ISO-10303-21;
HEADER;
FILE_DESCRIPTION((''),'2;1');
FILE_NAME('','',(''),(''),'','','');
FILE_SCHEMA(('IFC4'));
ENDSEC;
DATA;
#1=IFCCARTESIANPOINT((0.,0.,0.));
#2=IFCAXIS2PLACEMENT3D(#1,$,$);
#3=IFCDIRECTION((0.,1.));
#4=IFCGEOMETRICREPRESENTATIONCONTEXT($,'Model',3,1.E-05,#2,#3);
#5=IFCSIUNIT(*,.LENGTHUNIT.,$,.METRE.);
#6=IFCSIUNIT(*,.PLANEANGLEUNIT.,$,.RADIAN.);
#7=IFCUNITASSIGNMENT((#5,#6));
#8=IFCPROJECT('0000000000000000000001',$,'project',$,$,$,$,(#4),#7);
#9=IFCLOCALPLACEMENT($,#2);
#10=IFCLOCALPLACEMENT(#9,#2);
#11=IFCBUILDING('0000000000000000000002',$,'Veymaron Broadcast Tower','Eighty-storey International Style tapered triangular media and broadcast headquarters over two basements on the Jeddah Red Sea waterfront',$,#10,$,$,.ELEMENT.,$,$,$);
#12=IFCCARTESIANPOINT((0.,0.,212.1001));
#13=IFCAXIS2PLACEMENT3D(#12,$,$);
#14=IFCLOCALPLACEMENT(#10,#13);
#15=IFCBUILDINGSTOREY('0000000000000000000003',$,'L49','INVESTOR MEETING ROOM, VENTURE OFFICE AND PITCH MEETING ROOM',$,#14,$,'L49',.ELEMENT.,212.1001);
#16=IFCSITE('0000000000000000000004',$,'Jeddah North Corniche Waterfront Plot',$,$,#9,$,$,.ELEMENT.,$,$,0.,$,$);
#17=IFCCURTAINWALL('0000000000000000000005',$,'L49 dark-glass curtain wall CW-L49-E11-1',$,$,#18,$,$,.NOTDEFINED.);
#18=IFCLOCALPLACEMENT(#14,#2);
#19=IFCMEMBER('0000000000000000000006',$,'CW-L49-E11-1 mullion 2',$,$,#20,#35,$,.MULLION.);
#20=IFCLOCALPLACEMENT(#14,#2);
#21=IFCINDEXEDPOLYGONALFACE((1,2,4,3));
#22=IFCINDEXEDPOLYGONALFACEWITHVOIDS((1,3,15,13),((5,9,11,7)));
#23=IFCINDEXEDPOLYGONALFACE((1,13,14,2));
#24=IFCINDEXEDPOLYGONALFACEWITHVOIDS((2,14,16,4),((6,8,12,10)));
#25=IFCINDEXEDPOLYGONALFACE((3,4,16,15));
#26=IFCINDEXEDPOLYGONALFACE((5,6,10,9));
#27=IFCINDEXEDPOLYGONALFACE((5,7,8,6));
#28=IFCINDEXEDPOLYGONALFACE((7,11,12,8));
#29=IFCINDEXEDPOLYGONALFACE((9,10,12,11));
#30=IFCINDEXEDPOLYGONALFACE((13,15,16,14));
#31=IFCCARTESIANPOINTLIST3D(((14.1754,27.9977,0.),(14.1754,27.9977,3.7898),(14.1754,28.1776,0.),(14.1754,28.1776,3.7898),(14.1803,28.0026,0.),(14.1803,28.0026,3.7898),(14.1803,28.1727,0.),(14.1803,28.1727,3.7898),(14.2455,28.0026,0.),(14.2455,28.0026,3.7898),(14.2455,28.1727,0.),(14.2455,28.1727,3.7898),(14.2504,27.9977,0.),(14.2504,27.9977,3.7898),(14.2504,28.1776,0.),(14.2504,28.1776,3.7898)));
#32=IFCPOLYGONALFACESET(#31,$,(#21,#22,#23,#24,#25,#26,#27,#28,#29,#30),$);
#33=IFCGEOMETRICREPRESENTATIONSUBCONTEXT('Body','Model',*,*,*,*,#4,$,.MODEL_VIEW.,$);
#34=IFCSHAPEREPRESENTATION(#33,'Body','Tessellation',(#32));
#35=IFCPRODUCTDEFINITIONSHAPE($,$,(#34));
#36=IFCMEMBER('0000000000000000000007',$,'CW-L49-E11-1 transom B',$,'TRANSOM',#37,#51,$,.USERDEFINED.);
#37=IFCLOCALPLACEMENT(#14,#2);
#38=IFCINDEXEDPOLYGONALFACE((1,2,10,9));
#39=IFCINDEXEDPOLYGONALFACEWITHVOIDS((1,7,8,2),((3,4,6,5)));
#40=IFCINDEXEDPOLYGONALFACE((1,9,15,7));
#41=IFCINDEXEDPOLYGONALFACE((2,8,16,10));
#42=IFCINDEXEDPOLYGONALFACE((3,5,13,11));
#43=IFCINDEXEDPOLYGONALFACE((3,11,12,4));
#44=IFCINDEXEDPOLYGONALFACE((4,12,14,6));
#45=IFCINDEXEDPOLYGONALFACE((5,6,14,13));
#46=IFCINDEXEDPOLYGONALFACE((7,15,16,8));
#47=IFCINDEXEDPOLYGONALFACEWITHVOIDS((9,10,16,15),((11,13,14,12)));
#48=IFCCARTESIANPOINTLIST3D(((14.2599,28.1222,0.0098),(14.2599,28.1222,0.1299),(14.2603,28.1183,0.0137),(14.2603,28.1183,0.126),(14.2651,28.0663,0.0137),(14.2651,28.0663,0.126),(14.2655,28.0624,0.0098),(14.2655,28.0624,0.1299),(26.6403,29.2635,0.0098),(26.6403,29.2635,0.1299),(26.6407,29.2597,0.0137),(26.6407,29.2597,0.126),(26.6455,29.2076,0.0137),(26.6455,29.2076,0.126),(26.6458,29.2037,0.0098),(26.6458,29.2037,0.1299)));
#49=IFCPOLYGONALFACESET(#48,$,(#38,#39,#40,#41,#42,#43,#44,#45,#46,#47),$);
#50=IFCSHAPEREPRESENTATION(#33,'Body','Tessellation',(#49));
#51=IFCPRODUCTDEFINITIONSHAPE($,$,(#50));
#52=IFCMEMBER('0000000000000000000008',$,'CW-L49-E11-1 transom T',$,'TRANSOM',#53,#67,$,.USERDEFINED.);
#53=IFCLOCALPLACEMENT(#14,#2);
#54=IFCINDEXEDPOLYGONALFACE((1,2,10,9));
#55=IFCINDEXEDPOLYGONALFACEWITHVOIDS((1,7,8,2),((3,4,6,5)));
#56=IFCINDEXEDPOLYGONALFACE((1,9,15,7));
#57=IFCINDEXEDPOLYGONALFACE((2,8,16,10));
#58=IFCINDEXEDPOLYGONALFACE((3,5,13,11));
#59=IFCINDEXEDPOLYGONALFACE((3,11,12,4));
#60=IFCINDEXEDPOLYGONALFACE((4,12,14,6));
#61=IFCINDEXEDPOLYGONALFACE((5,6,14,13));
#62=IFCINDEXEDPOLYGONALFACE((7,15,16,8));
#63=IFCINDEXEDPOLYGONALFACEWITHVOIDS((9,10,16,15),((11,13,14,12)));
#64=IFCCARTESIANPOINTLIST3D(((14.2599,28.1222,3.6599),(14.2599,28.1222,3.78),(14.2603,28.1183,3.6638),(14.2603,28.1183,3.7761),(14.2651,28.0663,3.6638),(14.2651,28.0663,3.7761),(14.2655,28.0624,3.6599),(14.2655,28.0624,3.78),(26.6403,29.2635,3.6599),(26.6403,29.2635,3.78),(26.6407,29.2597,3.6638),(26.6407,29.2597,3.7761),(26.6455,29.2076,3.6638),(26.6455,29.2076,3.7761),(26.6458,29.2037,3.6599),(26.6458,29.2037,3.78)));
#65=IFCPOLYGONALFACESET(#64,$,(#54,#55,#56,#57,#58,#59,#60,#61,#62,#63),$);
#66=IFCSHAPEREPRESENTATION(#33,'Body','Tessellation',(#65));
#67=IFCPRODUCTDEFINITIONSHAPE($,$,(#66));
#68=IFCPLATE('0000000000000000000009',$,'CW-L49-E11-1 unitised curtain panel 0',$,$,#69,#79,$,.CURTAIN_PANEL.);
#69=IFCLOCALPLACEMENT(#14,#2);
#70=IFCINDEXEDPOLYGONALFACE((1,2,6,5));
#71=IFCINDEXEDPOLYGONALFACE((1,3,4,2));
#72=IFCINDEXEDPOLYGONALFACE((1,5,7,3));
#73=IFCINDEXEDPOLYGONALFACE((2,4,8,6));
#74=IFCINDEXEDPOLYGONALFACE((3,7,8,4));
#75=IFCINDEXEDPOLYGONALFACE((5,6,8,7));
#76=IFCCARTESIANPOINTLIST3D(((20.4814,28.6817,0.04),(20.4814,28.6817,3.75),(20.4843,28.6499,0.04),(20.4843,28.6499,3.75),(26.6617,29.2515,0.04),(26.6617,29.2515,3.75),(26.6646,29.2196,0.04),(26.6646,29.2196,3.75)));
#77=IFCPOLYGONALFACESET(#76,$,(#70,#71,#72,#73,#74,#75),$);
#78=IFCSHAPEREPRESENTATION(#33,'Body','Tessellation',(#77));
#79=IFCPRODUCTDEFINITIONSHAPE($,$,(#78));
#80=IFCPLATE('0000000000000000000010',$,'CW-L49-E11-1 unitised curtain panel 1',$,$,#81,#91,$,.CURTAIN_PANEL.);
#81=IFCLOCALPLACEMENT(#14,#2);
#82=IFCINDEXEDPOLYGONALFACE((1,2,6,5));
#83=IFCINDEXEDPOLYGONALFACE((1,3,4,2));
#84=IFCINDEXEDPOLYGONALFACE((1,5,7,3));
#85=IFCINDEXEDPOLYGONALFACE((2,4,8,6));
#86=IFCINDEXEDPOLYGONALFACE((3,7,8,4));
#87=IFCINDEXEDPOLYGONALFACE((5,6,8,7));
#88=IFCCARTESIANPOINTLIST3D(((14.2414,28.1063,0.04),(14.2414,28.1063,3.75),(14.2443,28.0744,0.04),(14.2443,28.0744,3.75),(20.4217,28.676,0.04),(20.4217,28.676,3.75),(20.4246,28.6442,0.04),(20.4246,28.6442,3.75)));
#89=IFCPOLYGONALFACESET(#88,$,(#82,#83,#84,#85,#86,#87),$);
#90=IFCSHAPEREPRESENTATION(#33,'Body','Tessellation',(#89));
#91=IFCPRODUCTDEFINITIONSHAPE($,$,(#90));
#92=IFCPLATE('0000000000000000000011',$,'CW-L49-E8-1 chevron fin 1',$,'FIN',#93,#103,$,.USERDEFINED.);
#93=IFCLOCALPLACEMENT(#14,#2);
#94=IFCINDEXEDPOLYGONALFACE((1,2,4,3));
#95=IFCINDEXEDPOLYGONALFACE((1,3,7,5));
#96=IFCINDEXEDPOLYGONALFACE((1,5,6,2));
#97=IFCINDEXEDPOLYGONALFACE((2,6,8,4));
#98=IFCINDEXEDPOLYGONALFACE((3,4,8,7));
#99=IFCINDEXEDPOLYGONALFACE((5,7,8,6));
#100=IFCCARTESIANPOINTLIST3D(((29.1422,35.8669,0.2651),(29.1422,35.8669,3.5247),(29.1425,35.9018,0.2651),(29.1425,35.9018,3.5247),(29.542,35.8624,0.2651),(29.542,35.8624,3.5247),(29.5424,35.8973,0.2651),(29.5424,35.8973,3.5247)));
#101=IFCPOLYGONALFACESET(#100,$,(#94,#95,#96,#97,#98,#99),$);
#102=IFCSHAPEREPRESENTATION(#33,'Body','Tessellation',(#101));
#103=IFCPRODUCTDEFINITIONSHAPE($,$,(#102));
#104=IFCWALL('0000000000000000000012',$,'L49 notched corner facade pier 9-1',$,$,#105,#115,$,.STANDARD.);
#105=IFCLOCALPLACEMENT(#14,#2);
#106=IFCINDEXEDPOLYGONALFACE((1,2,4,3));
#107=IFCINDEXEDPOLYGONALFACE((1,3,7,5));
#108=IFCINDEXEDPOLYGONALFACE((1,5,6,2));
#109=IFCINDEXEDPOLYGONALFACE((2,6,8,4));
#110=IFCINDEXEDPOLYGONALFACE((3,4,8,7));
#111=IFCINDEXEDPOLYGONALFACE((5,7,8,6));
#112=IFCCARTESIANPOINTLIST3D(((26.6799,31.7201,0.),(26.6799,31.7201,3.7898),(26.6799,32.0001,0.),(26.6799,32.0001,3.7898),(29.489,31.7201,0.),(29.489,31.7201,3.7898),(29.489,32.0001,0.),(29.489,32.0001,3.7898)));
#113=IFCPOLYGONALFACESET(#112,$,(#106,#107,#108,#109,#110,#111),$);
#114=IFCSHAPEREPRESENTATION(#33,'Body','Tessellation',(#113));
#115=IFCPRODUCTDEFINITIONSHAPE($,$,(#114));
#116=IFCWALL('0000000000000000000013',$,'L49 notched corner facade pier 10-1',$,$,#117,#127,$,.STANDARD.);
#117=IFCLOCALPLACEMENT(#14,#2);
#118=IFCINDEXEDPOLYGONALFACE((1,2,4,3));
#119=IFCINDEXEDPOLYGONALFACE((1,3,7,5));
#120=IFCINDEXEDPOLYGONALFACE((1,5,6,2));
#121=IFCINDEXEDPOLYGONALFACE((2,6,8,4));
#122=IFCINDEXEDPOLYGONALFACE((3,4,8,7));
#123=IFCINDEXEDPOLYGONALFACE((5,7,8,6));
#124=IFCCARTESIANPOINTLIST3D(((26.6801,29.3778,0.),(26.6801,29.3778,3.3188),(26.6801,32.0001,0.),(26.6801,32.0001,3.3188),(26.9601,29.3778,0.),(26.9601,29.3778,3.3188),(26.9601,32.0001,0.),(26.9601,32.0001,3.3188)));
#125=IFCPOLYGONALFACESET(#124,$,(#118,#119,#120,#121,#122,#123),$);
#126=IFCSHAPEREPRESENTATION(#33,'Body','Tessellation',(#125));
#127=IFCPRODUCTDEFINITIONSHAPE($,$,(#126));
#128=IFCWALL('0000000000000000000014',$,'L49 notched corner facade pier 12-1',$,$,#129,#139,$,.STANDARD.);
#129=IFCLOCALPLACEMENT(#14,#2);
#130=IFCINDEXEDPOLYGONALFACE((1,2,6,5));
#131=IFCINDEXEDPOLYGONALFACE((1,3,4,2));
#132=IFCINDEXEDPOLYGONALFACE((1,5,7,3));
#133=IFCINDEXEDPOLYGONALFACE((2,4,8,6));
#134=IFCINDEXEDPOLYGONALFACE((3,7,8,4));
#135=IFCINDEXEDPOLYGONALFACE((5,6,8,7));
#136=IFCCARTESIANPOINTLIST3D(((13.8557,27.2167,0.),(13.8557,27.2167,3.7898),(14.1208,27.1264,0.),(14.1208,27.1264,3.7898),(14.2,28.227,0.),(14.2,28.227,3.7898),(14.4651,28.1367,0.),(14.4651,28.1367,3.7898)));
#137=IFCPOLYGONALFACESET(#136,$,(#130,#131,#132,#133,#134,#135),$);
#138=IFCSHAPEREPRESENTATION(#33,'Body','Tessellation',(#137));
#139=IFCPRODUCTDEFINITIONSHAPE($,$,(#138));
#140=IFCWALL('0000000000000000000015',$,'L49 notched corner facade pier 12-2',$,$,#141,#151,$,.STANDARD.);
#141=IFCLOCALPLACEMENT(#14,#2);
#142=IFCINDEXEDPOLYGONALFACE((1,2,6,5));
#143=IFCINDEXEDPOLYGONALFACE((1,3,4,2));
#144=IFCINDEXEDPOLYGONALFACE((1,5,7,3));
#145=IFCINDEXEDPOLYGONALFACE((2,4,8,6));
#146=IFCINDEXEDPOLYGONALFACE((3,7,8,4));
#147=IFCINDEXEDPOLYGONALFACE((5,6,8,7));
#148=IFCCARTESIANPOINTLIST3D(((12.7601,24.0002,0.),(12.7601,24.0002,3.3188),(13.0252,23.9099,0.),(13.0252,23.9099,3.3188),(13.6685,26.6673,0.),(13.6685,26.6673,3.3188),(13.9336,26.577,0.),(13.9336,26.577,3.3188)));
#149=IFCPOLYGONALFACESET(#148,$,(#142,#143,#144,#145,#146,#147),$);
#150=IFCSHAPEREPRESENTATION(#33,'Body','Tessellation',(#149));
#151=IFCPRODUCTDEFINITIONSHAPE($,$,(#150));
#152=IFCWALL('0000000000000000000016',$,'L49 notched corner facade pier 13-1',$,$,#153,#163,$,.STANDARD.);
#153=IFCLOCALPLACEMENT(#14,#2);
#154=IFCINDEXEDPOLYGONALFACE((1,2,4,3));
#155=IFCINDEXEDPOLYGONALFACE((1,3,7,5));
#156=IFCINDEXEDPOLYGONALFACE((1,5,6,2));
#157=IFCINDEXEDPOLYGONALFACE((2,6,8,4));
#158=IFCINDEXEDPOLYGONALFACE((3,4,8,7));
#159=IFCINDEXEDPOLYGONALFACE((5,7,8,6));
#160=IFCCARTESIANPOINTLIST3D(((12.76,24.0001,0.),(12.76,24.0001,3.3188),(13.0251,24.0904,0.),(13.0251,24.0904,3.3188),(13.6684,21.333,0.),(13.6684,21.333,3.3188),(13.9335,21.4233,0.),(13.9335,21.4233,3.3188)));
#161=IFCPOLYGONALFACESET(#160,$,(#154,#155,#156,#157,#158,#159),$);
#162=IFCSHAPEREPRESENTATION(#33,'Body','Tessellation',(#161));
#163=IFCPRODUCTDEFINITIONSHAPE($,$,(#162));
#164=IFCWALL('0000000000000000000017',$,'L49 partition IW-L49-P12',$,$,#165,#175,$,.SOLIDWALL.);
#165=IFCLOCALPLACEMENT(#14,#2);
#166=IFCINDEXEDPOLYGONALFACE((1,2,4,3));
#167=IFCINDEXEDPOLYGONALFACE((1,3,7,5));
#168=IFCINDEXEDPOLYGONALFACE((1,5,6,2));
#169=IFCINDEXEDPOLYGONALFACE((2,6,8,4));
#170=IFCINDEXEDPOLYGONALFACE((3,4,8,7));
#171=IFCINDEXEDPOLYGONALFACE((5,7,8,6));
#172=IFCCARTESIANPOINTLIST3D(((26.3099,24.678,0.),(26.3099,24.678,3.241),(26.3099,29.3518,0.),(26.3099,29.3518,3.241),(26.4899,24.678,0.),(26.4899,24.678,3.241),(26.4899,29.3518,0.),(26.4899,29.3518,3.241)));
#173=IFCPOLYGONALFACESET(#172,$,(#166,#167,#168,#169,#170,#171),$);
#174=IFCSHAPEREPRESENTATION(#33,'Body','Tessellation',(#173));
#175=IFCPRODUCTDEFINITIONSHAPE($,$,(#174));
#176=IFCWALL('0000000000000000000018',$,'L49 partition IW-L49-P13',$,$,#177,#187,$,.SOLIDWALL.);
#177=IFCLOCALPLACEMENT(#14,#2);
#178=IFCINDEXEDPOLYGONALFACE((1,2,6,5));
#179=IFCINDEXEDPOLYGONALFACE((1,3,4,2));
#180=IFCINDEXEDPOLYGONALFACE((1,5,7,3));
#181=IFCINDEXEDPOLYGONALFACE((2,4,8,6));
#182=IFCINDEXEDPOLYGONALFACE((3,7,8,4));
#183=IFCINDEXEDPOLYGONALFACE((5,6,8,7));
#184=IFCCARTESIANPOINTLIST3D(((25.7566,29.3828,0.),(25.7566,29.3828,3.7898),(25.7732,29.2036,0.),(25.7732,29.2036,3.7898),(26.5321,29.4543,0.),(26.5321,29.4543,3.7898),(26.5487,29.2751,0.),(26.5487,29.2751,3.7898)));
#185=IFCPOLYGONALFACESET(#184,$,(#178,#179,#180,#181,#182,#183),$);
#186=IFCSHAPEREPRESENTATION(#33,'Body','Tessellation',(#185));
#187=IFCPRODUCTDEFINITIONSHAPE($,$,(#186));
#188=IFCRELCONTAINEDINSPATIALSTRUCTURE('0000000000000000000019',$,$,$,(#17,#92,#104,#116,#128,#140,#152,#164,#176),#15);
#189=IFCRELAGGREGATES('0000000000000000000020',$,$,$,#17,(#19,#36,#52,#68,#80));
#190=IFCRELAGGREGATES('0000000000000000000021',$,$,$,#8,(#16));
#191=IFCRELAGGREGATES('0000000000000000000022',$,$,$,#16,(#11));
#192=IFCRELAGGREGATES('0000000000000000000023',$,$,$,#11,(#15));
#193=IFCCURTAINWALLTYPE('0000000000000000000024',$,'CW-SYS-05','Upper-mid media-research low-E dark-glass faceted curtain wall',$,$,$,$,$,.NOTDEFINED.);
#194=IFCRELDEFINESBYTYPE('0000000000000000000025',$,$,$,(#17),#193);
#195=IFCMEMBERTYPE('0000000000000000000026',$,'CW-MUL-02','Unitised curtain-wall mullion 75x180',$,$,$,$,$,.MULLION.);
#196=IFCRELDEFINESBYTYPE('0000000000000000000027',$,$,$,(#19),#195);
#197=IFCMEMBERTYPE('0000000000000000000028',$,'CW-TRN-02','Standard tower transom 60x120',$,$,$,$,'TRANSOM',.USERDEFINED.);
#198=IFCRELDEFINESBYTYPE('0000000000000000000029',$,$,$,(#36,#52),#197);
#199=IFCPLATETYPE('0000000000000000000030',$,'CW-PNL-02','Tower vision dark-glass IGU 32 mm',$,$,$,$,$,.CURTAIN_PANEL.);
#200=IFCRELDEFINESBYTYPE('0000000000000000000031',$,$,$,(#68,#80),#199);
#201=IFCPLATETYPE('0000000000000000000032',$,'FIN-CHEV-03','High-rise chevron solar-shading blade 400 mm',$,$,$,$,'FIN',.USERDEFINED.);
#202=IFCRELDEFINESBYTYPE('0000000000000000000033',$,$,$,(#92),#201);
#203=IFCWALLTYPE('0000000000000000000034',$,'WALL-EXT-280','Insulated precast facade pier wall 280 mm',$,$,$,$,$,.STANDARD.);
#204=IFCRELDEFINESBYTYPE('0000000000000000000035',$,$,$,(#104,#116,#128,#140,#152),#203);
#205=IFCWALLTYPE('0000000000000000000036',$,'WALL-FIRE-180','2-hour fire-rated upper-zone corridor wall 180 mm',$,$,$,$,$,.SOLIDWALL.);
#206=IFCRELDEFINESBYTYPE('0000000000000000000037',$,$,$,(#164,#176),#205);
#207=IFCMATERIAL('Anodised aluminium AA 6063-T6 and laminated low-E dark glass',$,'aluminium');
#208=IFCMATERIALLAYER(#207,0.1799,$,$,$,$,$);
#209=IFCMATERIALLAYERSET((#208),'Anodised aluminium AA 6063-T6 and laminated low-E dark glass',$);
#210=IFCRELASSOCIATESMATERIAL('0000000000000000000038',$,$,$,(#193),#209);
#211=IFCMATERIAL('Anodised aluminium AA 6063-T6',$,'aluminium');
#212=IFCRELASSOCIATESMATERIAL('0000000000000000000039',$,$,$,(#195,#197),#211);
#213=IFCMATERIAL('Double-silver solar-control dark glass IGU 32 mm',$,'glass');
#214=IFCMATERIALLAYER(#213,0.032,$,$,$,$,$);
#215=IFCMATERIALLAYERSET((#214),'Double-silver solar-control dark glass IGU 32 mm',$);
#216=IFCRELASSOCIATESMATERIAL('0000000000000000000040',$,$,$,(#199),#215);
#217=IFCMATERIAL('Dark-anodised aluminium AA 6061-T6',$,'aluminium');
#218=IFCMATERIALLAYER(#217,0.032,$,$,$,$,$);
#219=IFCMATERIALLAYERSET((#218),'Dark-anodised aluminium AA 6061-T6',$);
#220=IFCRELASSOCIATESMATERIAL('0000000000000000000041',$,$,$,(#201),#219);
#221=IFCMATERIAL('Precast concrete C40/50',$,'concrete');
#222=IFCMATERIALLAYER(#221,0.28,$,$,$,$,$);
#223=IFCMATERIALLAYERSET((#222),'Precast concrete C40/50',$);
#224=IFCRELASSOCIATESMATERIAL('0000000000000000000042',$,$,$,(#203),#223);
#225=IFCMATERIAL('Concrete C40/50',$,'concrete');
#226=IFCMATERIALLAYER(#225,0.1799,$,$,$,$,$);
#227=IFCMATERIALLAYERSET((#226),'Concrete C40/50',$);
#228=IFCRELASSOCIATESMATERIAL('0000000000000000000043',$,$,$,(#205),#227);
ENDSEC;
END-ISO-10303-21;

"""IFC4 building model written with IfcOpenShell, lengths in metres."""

from ifc_helpers import new_model, si_unit, direction, frame, frame_2d, origin, origin_2d, place, context, subcontext, project, spatial, rectangle, hollow_rectangle, extrude, material, layer, layer_set, material_profile, profile_set, type_object, element, aggregate, save


model = new_model("IFC4")

# Units and contexts
model_context = context("Model", 3, precision=1e-05, world=origin(), true_north=direction((0.0, 1.0)))
body_context = subcontext(model_context, "Body", "Model", "MODEL_VIEW")
ifc_project = project(units=[si_unit("LENGTHUNIT", "METRE"), si_unit("PLANEANGLEUNIT", "RADIAN")], contexts=[model_context])

# Site, building, storey
site_placement = place(None, origin())
site = spatial("IfcSite", under=ifc_project, at=site_placement, Name="Jeddah North Corniche Waterfront Plot", CompositionType="ELEMENT", RefElevation=0.0)
building_placement = place(site_placement, origin())
building = spatial("IfcBuilding", under=site, at=building_placement, Name="Veymaron Broadcast Tower", Description="Eighty-storey International Style tapered triangular media and broadcast headquarters over two basements on the Jeddah Red Sea waterfront", CompositionType="ELEMENT")
storey_placement = place(building_placement, frame((0.0, 0.0, 212.1001)))
storey = spatial("IfcBuildingStorey", under=building, at=storey_placement, Name="L49", Description="INVESTOR MEETING ROOM, VENTURE OFFICE AND PITCH MEETING ROOM", LongName="L49", CompositionType="ELEMENT", Elevation=212.1001)

# Curtain wall, members, plates
ifc_material_1 = material(Name="Anodised aluminium AA 6063-T6 and laminated low-E dark glass", Category="aluminium")
ifc_layer_1 = layer(ifc_material_1, 0.1799)
ifc_layer_set_1 = layer_set([ifc_layer_1], Name="Anodised aluminium AA 6063-T6 and laminated low-E dark glass")
curtain_wall_type = type_object("IfcCurtainWallType", Name="CW-SYS-05", Description="Upper-mid media-research low-E dark-glass faceted curtain wall", PredefinedType="NOTDEFINED", material=ifc_layer_set_1)
curtain_wall_placement = place(storey_placement, origin())
curtain_wall = element("IfcCurtainWall", 1, at=curtain_wall_placement, inside=storey, type_object=curtain_wall_type, Name="L49 dark-glass curtain wall CW-L49-E11-1", PredefinedType="NOTDEFINED")
ifc_material_2 = material(Name="Anodised aluminium AA 6063-T6", Category="aluminium")
ifc_material_profile_1 = material_profile(ifc_material_2, hollow_rectangle(XDim=0.075, YDim=0.1799, WallThickness=0.0049, at=origin_2d()), Name="AL180X75X5")
ifc_profile_set_1 = profile_set([ifc_material_profile_1], Name="Anodised aluminium AA 6063-T6")
member_type_1 = type_object("IfcMemberType", Name="CW-MUL-02", Description="Unitised curtain-wall mullion 75x180", PredefinedType="MULLION", material=ifc_profile_set_1)
member_1_placement = place(storey_placement, frame((14.2129, 28.0876, 0.0), z_axis=(0.0, 0.0, 1.0), x_axis=(1.0, 0.0, 0.0)))
member_1 = element("IfcMember", 2, at=member_1_placement, type_object=member_type_1, Name="CW-L49-E11-1 mullion 2", PredefinedType="MULLION", context=body_context, shape_type="SweptSolid", body=[
    extrude(hollow_rectangle(XDim=0.075, YDim=0.1799, WallThickness=0.0049, at=origin_2d()), origin(), (0.0, 0.0, 1.0), 3.7898),
])
ifc_material_profile_2 = material_profile(ifc_material_2, hollow_rectangle(XDim=0.0601, YDim=0.1201, WallThickness=0.0039, at=origin_2d()), Name="AL120X60X4")
ifc_profile_set_2 = profile_set([ifc_material_profile_2], Name="Anodised aluminium AA 6063-T6")
member_type_2 = type_object("IfcMemberType", Name="CW-TRN-02", Description="Standard tower transom 60x120", ElementType="TRANSOM", PredefinedType="USERDEFINED", material=ifc_profile_set_2)
member_2_placement = place(storey_placement, frame((26.6431, 29.2336, 0.0698), z_axis=(-0.995777, -0.091802, 0.0), x_axis=(0.091802, -0.995777, 0.0)))
member_2 = element("IfcMember", 3, at=member_2_placement, type_object=member_type_2, Name="CW-L49-E11-1 transom B", ObjectType="TRANSOM", PredefinedType="USERDEFINED", context=body_context, shape_type="SweptSolid", body=[
    extrude(hollow_rectangle(XDim=0.0601, YDim=0.1201, WallThickness=0.0039, at=origin_2d()), origin(), (0.0, 0.0, 1.0), 12.4329),
])
member_3_placement = place(storey_placement, frame((26.6431, 29.2336, 3.72), z_axis=(-0.995777, -0.091802, 0.0), x_axis=(0.091802, -0.995777, 0.0)))
member_3 = element("IfcMember", 4, at=member_3_placement, type_object=member_type_2, Name="CW-L49-E11-1 transom T", ObjectType="TRANSOM", PredefinedType="USERDEFINED", context=body_context, shape_type="SweptSolid", body=[
    extrude(hollow_rectangle(XDim=0.0601, YDim=0.1201, WallThickness=0.0039, at=origin_2d()), origin(), (0.0, 0.0, 1.0), 12.4329),
])
ifc_material_3 = material(Name="Double-silver solar-control dark glass IGU 32 mm", Category="glass")
ifc_layer_2 = layer(ifc_material_3, 0.032)
ifc_layer_set_2 = layer_set([ifc_layer_2], Name="Double-silver solar-control dark glass IGU 32 mm")
plate_type_1 = type_object("IfcPlateType", Name="CW-PNL-02", Description="Tower vision dark-glass IGU 32 mm", PredefinedType="CURTAIN_PANEL", material=ifc_layer_set_2)
plate_1_placement = place(storey_placement, frame((23.573, 28.9507, 0.04), z_axis=(0.0, 0.0, 1.0), x_axis=(-0.995778, -0.091797, 0.0)))
plate_1 = element("IfcPlate", 5, at=plate_1_placement, type_object=plate_type_1, Name="CW-L49-E11-1 unitised curtain panel 0", PredefinedType="CURTAIN_PANEL", context=body_context, shape_type="SweptSolid", body=[
    extrude(rectangle(XDim=6.2065, YDim=0.032, at=origin_2d()), origin(), (0.0, 0.0, 1.0), 3.71),
])
plate_2_placement = place(storey_placement, frame((17.333, 28.3752, 0.04), z_axis=(0.0, 0.0, 1.0), x_axis=(-0.995778, -0.091797, 0.0)))
plate_2 = element("IfcPlate", 6, at=plate_2_placement, type_object=plate_type_1, Name="CW-L49-E11-1 unitised curtain panel 1", PredefinedType="CURTAIN_PANEL", context=body_context, shape_type="SweptSolid", body=[
    extrude(rectangle(XDim=6.2065, YDim=0.032, at=origin_2d()), origin(), (0.0, 0.0, 1.0), 3.71),
])
aggregate(curtain_wall, [member_1, member_2, member_3, plate_1, plate_2])

# Plate
ifc_material_4 = material(Name="Dark-anodised aluminium AA 6061-T6", Category="aluminium")
ifc_layer_3 = layer(ifc_material_4, 0.032)
ifc_layer_set_3 = layer_set([ifc_layer_3], Name="Dark-anodised aluminium AA 6061-T6")
plate_type_2 = type_object("IfcPlateType", Name="FIN-CHEV-03", Description="High-rise chevron solar-shading blade 400 mm", ElementType="FIN", PredefinedType="USERDEFINED", material=ifc_layer_set_3)
plate_3_placement = place(storey_placement, frame((29.3423, 35.8821, 0.2651), z_axis=(0.0, 0.0, 1.0), x_axis=(-0.999938, 0.011152, 0.0)))
element("IfcPlate", 7, at=plate_3_placement, inside=storey, type_object=plate_type_2, Name="CW-L49-E8-1 chevron fin 1", ObjectType="FIN", PredefinedType="USERDEFINED", context=body_context, shape_type="SweptSolid", body=[
    extrude(rectangle(XDim=0.3999, YDim=0.0349, at=origin_2d()), origin(), (0.0, 0.0, 1.0), 3.2595),
])

# Walls
ifc_material_5 = material(Name="Precast concrete C40/50", Category="concrete")
ifc_layer_4 = layer(ifc_material_5, 0.28)
ifc_layer_set_4 = layer_set([ifc_layer_4], Name="Precast concrete C40/50")
wall_type_1 = type_object("IfcWallType", Name="WALL-EXT-280", Description="Insulated precast facade pier wall 280 mm", PredefinedType="STANDARD", material=ifc_layer_set_4)
wall_1_placement = place(storey_placement, frame((29.489, 31.8601, 0.0), z_axis=(0.0, 0.0, 1.0), x_axis=(-1.0, 0.0, 0.0)))
element("IfcWall", 8, at=wall_1_placement, inside=storey, type_object=wall_type_1, Name="L49 notched corner facade pier 9-1", PredefinedType="STANDARD", context=body_context, shape_type="SweptSolid", body=[
    extrude(rectangle(XDim=2.8091, YDim=0.28, at=frame_2d((1.4045, 0.0))), origin(), (0.0, 0.0, 1.0), 3.7898),
])
wall_2_placement = place(storey_placement, frame((26.8201, 32.0, 0.0), z_axis=(0.0, 0.0, 1.0), x_axis=(0.0, -1.0, 0.0)))
element("IfcWall", 9, at=wall_2_placement, inside=storey, type_object=wall_type_1, Name="L49 notched corner facade pier 10-1", PredefinedType="STANDARD", context=body_context, shape_type="SweptSolid", body=[
    extrude(rectangle(XDim=2.6223, YDim=0.28, at=frame_2d((1.311, 0.0))), origin(), (0.0, 0.0, 1.0), 3.3188),
])
wall_3_placement = place(storey_placement, frame((14.3325, 28.1819, 0.0), z_axis=(0.0, 0.0, 1.0), x_axis=(-0.322534, -0.946558, 0.0)))
element("IfcWall", 10, at=wall_3_placement, inside=storey, type_object=wall_type_1, Name="L49 notched corner facade pier 12-1", PredefinedType="STANDARD", context=body_context, shape_type="SweptSolid", body=[
    extrude(rectangle(XDim=1.0674, YDim=0.28, at=frame_2d((0.5337, 0.0))), origin(), (0.0, 0.0, 1.0), 3.7898),
])
for number, where, z_axis, x_axis, name in (
    (11, (13.801, 26.6221, 0.0), (0.0, 0.0, 1.0), (-0.322408, -0.946601, 0.0), "L49 notched corner facade pier 12-2"),
    (12, (12.8926, 24.0452, 0.0), (0.0, 0.0, 1.0), (0.322408, -0.946601, 0.0), "L49 notched corner facade pier 13-1"),
):
    element("IfcWall", number, at=place(storey_placement, frame(where, z_axis=z_axis, x_axis=x_axis)), inside=storey, type_object=wall_type_1, Name=name, PredefinedType="STANDARD", context=body_context, shape_type="SweptSolid", body=[
        extrude(rectangle(XDim=2.8176, YDim=0.28, at=frame_2d((1.4087, 0.0))), origin(), (0.0, 0.0, 1.0), 3.3188),
    ])

# Shared definitions
ifc_material_6 = material(Name="Concrete C40/50", Category="concrete")
ifc_layer_5 = layer(ifc_material_6, 0.1799)
ifc_layer_set_5 = layer_set([ifc_layer_5], Name="Concrete C40/50")
wall_type_2 = type_object("IfcWallType", Name="WALL-FIRE-180", Description="2-hour fire-rated upper-zone corridor wall 180 mm", PredefinedType="SOLIDWALL", material=ifc_layer_set_5)

# Walls
wall_4_placement = place(storey_placement, frame((26.3999, 24.678, 0.0), z_axis=(0.0, 0.0, 1.0), x_axis=(0.0, 1.0, 0.0)))
element("IfcWall", 13, at=wall_4_placement, inside=storey, type_object=wall_type_2, Name="L49 partition IW-L49-P12", PredefinedType="SOLIDWALL", context=body_context, shape_type="SweptSolid", body=[
    extrude(rectangle(XDim=4.6738, YDim=0.1799, at=frame_2d((2.3369, 0.0))), origin(), (0.0, 0.0, 1.0), 3.241),
])
wall_5_placement = place(storey_placement, frame((25.7649, 29.2932, 0.0), z_axis=(0.0, 0.0, 1.0), x_axis=(0.995774, 0.091836, 0.0)))
element("IfcWall", 14, at=wall_5_placement, inside=storey, type_object=wall_type_2, Name="L49 partition IW-L49-P13", PredefinedType="SOLIDWALL", context=body_context, shape_type="SweptSolid", body=[
    extrude(rectangle(XDim=0.7788, YDim=0.1799, at=frame_2d((0.3894, 0.0))), origin(), (0.0, 0.0, 1.0), 3.7898),
])

save(model, "model.ifc")
